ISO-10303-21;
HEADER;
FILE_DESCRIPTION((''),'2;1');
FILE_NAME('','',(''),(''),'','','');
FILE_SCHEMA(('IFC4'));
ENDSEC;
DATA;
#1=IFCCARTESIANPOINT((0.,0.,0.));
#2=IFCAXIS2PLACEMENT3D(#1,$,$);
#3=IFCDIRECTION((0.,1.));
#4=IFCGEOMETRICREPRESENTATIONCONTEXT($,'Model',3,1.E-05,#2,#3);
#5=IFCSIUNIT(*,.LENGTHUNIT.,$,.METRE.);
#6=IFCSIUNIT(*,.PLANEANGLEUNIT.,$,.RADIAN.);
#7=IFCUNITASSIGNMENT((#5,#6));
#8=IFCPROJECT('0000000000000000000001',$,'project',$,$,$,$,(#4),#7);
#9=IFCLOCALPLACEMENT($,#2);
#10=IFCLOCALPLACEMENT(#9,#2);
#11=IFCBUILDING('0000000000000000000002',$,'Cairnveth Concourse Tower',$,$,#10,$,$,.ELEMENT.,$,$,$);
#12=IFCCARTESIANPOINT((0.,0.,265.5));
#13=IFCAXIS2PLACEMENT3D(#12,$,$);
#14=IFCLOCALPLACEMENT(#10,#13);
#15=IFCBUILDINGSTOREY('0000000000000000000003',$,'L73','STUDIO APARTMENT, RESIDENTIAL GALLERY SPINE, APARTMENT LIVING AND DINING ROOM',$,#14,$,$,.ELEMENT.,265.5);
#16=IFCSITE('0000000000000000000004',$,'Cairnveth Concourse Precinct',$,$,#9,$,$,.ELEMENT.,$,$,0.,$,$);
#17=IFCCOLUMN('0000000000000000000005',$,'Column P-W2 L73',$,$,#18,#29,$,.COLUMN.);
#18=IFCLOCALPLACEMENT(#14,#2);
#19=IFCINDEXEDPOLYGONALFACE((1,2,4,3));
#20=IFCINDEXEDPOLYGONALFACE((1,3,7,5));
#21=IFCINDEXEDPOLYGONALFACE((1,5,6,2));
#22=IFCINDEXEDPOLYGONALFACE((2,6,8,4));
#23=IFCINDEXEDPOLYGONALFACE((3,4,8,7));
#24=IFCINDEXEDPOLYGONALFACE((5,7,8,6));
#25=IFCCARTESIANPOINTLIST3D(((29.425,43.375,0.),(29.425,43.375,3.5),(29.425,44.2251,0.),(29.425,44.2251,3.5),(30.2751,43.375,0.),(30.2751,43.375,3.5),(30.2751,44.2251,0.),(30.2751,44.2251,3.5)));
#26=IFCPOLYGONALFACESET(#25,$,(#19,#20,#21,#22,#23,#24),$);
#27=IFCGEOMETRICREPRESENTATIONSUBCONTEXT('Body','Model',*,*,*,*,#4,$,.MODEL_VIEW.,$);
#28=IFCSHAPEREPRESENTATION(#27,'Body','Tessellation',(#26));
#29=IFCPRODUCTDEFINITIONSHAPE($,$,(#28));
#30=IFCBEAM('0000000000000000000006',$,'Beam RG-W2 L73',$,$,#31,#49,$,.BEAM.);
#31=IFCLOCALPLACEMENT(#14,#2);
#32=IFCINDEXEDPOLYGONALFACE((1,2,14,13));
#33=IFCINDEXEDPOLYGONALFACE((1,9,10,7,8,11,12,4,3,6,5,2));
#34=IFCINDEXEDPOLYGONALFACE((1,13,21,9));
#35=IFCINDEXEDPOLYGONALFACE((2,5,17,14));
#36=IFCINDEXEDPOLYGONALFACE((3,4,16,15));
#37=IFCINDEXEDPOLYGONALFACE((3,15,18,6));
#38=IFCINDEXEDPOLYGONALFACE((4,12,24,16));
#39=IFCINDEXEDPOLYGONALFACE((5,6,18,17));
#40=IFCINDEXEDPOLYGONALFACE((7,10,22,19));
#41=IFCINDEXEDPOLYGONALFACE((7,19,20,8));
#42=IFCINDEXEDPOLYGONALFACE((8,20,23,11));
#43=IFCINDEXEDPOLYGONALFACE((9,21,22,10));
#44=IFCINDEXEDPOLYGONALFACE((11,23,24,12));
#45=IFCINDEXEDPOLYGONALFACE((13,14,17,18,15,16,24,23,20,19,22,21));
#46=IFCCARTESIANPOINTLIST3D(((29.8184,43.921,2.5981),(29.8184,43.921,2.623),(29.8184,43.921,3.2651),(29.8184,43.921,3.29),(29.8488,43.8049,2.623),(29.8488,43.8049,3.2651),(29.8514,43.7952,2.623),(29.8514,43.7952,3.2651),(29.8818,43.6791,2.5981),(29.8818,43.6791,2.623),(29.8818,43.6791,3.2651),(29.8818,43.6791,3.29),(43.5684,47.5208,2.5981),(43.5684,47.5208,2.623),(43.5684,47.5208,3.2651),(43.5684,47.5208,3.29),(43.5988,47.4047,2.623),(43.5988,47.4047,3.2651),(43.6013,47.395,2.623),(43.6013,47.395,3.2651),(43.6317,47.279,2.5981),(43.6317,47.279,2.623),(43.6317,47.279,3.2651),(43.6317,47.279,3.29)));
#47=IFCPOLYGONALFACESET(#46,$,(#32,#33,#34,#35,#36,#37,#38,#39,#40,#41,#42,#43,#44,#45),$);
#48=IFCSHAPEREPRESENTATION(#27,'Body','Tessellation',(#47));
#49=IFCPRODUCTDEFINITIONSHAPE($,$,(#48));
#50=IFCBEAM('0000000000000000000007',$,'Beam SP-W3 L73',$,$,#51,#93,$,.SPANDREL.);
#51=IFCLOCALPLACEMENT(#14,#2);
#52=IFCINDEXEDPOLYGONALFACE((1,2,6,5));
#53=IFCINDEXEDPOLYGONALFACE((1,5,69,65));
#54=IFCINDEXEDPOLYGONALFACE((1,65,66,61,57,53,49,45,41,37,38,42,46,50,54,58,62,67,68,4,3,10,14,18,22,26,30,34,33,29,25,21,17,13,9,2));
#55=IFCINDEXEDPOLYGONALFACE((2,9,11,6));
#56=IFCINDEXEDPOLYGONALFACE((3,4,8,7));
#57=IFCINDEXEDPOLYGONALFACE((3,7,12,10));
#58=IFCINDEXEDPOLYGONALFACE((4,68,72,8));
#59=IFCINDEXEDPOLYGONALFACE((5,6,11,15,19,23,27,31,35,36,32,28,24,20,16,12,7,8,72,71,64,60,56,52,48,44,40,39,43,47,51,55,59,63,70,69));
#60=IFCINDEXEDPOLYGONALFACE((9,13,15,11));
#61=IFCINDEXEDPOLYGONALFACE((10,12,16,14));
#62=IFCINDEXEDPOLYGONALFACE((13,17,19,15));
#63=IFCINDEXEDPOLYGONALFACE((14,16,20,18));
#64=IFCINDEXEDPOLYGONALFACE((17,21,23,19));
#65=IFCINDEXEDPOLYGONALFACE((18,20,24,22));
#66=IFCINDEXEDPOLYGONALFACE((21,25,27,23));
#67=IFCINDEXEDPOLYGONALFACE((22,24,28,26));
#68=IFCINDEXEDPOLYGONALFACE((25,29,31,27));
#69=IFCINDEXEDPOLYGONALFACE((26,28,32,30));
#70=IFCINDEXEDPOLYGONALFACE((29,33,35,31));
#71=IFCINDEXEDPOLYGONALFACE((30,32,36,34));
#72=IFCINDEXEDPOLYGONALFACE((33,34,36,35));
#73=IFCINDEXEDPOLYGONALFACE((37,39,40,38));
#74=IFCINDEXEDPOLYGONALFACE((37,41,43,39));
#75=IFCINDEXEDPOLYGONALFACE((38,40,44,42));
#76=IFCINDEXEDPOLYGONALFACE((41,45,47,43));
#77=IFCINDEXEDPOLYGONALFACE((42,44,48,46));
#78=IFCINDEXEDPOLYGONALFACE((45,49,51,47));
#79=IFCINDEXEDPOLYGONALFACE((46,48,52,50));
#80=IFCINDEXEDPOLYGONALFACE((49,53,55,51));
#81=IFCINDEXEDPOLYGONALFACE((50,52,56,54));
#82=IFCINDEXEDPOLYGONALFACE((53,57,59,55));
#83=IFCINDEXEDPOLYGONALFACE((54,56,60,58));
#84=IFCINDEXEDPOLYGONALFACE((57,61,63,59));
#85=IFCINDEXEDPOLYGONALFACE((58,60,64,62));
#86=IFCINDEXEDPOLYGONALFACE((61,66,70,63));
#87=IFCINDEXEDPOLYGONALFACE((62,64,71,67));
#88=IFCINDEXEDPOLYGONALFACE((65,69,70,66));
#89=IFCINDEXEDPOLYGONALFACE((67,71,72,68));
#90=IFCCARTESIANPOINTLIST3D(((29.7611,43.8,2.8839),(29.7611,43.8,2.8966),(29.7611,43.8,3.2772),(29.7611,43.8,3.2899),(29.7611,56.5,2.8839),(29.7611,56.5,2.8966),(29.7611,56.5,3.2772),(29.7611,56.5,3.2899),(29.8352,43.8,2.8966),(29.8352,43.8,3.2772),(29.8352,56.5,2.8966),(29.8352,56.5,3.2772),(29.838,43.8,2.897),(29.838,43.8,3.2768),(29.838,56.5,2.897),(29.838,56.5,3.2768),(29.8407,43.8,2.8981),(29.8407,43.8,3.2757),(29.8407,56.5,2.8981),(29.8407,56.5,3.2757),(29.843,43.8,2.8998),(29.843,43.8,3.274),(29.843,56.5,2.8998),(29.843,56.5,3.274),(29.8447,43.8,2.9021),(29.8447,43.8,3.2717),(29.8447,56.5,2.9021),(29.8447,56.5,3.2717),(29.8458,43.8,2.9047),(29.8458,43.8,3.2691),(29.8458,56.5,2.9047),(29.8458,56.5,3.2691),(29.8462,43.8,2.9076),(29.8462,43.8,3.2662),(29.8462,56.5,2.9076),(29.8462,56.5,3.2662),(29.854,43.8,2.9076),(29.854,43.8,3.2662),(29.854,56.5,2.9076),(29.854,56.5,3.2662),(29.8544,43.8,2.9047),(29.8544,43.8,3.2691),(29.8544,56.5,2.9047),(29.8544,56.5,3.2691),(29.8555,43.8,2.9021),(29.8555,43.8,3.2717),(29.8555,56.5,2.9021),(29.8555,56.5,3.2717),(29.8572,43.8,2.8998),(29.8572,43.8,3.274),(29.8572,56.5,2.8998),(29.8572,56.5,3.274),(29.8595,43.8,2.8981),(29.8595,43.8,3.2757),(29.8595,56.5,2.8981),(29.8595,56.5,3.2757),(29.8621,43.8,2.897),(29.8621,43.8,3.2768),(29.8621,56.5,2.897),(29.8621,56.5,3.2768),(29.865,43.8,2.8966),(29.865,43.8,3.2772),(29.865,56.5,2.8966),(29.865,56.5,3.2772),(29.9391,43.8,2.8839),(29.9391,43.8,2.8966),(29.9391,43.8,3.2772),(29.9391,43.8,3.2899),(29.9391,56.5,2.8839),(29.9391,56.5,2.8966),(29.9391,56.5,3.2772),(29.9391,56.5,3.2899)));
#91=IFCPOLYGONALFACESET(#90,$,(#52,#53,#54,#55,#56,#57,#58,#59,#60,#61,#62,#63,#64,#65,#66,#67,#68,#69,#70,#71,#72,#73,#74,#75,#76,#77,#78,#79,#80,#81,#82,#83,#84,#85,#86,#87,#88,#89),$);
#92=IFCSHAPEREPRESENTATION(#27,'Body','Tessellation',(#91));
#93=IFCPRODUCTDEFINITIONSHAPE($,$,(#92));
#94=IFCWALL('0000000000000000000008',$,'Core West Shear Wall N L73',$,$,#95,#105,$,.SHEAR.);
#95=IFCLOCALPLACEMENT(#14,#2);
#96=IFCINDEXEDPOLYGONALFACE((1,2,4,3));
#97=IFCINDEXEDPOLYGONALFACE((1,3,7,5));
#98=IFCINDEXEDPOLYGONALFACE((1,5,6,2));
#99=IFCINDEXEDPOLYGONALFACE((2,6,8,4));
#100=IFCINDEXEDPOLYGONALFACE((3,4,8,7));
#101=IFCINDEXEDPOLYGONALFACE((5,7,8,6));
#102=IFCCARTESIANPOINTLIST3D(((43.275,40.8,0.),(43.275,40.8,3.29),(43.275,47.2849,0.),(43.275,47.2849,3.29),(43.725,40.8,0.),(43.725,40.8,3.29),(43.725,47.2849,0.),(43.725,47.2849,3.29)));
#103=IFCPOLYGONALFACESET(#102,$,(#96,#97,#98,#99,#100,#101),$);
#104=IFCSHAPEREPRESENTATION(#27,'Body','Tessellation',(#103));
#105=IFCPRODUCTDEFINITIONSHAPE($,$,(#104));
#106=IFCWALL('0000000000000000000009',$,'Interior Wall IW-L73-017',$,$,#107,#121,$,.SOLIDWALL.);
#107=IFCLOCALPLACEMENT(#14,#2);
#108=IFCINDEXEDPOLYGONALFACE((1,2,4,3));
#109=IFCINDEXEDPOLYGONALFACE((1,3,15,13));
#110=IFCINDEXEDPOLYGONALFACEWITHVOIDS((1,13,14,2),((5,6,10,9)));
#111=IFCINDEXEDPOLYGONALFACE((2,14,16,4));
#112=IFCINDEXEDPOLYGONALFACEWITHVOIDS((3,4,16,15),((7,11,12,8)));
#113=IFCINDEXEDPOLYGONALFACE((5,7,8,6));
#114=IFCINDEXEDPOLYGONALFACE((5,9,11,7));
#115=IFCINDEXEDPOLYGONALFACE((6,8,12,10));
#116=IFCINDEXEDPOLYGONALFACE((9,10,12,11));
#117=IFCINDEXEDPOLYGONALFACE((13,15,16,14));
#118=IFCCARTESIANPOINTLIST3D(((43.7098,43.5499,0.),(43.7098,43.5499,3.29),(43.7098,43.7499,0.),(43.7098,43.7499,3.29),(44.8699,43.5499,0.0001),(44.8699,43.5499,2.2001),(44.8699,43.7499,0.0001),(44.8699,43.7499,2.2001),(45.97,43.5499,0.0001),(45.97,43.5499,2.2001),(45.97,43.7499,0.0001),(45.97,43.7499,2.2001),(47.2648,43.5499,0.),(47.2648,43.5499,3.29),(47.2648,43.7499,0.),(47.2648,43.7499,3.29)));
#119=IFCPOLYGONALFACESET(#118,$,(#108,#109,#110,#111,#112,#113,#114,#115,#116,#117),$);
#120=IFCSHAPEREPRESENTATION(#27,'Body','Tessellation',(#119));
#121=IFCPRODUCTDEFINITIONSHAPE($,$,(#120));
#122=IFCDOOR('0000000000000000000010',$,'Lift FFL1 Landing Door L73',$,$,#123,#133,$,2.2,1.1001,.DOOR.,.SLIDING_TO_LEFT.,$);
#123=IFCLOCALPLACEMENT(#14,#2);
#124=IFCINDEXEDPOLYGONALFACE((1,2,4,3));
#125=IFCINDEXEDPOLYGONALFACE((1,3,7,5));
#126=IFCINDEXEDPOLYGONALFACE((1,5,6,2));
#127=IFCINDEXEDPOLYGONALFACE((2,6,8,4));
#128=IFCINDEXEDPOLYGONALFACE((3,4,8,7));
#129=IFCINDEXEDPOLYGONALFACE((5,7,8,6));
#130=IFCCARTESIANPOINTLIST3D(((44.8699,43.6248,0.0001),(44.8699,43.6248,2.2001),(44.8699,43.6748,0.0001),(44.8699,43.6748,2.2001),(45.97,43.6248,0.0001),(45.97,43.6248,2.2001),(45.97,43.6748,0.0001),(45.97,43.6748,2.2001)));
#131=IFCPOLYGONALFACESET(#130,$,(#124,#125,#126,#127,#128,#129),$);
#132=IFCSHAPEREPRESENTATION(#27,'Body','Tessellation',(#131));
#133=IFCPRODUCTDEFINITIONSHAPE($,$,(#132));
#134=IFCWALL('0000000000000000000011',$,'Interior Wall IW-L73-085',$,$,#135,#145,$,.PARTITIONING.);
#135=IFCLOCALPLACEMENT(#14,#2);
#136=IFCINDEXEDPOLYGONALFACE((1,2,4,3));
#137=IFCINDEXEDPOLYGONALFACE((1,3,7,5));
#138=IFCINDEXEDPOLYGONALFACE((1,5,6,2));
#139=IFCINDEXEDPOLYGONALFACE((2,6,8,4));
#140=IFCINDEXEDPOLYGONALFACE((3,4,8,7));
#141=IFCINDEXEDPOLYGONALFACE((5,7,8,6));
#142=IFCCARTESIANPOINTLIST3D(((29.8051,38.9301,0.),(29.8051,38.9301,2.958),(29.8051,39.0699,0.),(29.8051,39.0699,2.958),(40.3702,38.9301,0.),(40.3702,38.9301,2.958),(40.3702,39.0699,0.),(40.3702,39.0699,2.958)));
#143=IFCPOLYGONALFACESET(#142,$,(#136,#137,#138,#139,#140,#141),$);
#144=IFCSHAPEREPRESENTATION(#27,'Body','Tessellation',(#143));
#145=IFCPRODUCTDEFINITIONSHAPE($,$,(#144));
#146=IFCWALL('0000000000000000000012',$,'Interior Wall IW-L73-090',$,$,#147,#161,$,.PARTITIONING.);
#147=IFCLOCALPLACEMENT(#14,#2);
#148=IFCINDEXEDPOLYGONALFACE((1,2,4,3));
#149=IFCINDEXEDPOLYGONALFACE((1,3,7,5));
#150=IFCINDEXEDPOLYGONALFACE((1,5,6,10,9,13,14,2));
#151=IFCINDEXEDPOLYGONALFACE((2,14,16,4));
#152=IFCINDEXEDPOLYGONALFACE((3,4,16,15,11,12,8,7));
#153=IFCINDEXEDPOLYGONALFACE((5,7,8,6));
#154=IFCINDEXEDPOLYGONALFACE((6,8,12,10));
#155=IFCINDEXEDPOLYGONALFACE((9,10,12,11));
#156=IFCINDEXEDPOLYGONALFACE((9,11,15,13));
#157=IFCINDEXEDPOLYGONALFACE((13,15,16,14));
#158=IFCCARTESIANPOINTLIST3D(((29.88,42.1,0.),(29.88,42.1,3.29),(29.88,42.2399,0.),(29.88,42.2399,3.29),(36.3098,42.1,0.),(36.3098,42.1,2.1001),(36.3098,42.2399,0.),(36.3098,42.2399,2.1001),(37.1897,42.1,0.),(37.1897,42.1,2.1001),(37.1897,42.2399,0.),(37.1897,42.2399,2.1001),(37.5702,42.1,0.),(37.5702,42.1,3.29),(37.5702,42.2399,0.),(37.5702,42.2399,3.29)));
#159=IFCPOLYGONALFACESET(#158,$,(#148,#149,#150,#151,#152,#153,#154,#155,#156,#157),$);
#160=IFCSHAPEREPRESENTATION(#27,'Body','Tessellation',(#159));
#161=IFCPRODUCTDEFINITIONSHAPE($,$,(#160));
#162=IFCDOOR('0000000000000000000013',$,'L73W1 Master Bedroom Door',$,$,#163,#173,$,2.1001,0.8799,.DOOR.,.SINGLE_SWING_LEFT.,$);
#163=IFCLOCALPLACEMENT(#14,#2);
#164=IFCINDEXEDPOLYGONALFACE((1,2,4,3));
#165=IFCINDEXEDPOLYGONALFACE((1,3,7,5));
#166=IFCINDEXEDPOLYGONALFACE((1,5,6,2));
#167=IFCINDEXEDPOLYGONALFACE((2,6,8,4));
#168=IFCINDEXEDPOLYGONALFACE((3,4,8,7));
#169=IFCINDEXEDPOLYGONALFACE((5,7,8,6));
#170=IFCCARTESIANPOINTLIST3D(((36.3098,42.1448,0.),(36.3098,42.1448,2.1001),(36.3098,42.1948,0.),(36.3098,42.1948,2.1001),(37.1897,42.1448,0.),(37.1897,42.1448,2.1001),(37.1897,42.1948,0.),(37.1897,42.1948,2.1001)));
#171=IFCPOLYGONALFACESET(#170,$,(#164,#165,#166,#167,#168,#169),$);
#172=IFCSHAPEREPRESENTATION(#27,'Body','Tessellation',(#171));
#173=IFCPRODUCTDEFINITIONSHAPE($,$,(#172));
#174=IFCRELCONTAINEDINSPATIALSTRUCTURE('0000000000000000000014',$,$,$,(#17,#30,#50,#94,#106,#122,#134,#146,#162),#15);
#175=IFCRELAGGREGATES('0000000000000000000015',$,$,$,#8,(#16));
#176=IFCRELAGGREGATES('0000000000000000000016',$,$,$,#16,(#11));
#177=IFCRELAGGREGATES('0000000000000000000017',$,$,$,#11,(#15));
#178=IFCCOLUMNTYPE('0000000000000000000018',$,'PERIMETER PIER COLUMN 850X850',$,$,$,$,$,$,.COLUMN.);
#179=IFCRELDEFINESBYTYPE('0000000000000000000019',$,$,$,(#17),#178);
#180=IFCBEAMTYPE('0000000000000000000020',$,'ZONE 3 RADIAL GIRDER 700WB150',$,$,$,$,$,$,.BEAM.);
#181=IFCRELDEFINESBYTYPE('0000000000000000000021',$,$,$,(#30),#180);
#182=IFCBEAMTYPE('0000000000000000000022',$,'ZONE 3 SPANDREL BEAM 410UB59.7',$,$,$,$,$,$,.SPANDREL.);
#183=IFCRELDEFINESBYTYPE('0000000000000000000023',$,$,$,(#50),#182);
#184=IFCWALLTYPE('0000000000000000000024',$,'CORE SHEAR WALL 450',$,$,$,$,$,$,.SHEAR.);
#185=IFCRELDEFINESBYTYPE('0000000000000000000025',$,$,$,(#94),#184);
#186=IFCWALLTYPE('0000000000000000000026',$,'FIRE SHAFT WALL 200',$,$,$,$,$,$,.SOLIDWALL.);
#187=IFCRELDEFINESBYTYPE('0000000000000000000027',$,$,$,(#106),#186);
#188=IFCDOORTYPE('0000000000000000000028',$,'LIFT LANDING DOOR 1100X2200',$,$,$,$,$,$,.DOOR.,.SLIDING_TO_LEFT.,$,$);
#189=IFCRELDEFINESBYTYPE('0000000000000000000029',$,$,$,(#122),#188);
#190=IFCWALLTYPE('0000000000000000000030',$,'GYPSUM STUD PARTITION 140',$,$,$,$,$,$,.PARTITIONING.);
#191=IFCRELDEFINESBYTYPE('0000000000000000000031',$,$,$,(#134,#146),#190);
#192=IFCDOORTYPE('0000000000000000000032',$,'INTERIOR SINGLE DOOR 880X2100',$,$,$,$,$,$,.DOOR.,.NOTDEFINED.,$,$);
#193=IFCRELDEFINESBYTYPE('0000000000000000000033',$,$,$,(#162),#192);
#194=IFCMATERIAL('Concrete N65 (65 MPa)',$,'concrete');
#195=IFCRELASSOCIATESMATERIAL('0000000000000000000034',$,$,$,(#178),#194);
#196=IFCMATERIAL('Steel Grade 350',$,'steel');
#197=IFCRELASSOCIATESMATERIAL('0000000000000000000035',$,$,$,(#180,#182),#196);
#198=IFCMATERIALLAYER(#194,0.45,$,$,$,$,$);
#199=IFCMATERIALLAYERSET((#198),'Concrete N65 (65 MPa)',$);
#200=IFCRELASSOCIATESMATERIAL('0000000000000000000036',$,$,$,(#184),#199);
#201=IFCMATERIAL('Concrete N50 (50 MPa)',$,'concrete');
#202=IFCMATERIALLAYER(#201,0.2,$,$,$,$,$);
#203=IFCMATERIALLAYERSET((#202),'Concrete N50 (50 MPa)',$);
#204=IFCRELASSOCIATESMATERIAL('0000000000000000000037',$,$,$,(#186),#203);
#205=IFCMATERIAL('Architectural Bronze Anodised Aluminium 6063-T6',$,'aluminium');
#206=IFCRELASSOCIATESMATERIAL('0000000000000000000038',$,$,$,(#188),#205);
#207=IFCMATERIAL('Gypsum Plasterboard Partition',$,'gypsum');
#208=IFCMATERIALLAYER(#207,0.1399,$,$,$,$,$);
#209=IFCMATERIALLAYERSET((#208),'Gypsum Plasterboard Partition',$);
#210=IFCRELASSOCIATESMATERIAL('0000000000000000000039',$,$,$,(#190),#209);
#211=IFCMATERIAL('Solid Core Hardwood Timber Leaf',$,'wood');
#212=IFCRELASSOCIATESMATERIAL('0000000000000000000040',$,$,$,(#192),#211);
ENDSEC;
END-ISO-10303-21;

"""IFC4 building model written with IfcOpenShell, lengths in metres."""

from ifc_helpers import new_model, si_unit, direction, frame, frame_2d, origin, origin_2d, place, context, subcontext, project, spatial, rectangle, i_section, extrude, material, layer, layer_set, material_profile, profile_set, type_object, element, fill, save


model = new_model("IFC4")

# Units and contexts
model_context = context("Model", 3, precision=1e-05, world=origin(), true_north=direction((0.0, 1.0)))
body_context = subcontext(model_context, "Body", "Model", "MODEL_VIEW")
ifc_project = project(units=[si_unit("LENGTHUNIT", "METRE"), si_unit("PLANEANGLEUNIT", "RADIAN")], contexts=[model_context])

# Site, building, storey
site_placement = place(None, origin())
site = spatial("IfcSite", under=ifc_project, at=site_placement, Name="Cairnveth Concourse Precinct", CompositionType="ELEMENT", RefElevation=0.0)
building_placement = place(site_placement, origin())
building = spatial("IfcBuilding", under=site, at=building_placement, Name="Cairnveth Concourse Tower", CompositionType="ELEMENT")
storey_placement = place(building_placement, frame((0.0, 0.0, 265.5)))
storey = spatial("IfcBuildingStorey", under=building, at=storey_placement, Name="L73", Description="STUDIO APARTMENT, RESIDENTIAL GALLERY SPINE, APARTMENT LIVING AND DINING ROOM", CompositionType="ELEMENT", Elevation=265.5)

# Column
ifc_material_1 = material(Name="Concrete N65 (65 MPa)", Category="concrete")
ifc_material_profile_1 = material_profile(ifc_material_1, rectangle(XDim=0.8501, YDim=0.8501, at=origin_2d()), Name="RC-COL-850x850")
ifc_profile_set_1 = profile_set([ifc_material_profile_1], Name="Concrete N65 (65 MPa)")
column_type = type_object("IfcColumnType", Name="PERIMETER PIER COLUMN 850X850", PredefinedType="COLUMN", material=ifc_profile_set_1)
column_placement = place(storey_placement, frame((29.8501, 43.8, 0.0), z_axis=(0.0, 0.0, 1.0), x_axis=(0.0, 1.0, 0.0)))
element("IfcColumn", 1, at=column_placement, inside=storey, type_object=column_type, Name="Column P-W2 L73", PredefinedType="COLUMN", context=body_context, shape_type="SweptSolid", body=[
    extrude(rectangle(XDim=0.8501, YDim=0.8501, at=origin_2d()), origin(), (0.0, 0.0, 1.0), 3.5),
])

# Beams
ifc_material_2 = material(Name="Steel Grade 350", Category="steel")
ifc_material_profile_2 = material_profile(ifc_material_2, i_section(OverallWidth=0.25, OverallDepth=0.6919, WebThickness=0.01, FlangeThickness=0.0249, at=origin_2d()), Name="700WB150")
ifc_profile_set_2 = profile_set([ifc_material_profile_2], Name="Steel Grade 350")
beam_type_1 = type_object("IfcBeamType", Name="ZONE 3 RADIAL GIRDER 700WB150", PredefinedType="BEAM", material=ifc_profile_set_2)
beam_1_placement = place(storey_placement, frame((29.8501, 43.8, 2.9441), z_axis=(0.967395, 0.253271, 0.0), x_axis=(-0.253271, 0.967395, 0.0)))
element("IfcBeam", 2, at=beam_1_placement, inside=storey, type_object=beam_type_1, Name="Beam RG-W2 L73", PredefinedType="BEAM", context=body_context, shape_type="SweptSolid", body=[
    extrude(i_section(OverallWidth=0.25, OverallDepth=0.6919, WebThickness=0.01, FlangeThickness=0.0249, at=origin_2d()), origin(), (0.0, 0.0, 1.0), 14.2134),
])
ifc_material_profile_3 = material_profile(ifc_material_2, i_section(OverallWidth=0.178, OverallDepth=0.406, WebThickness=0.0078, FlangeThickness=0.0127, FilletRadius=0.011, at=origin_2d()), Name="410UB59.7")
ifc_profile_set_3 = profile_set([ifc_material_profile_3], Name="Steel Grade 350")
beam_type_2 = type_object("IfcBeamType", Name="ZONE 3 SPANDREL BEAM 410UB59.7", PredefinedType="SPANDREL", material=ifc_profile_set_3)
beam_2_placement = place(storey_placement, frame((29.8501, 43.8, 3.0869), z_axis=(0.0, 1.0, 0.0), x_axis=(-1.0, 0.0, 0.0)))
element("IfcBeam", 3, at=beam_2_placement, inside=storey, type_object=beam_type_2, Name="Beam SP-W3 L73", PredefinedType="SPANDREL", context=body_context, shape_type="SweptSolid", body=[
    extrude(i_section(OverallWidth=0.178, OverallDepth=0.406, WebThickness=0.0078, FlangeThickness=0.0127, FilletRadius=0.011, at=origin_2d()), origin(), (0.0, 0.0, 1.0), 12.7),
])

# Wall
ifc_layer_1 = layer(ifc_material_1, 0.45)
ifc_layer_set_1 = layer_set([ifc_layer_1], Name="Concrete N65 (65 MPa)")
wall_type_1 = type_object("IfcWallType", Name="CORE SHEAR WALL 450", PredefinedType="SHEAR", material=ifc_layer_set_1)
wall_1_placement = place(storey_placement, frame((43.5, 40.8, 0.0), z_axis=(0.0, 0.0, 1.0), x_axis=(0.0, 1.0, 0.0)))
element("IfcWall", 4, at=wall_1_placement, inside=storey, type_object=wall_type_1, Name="Core West Shear Wall N L73", PredefinedType="SHEAR", context=body_context, shape_type="SweptSolid", body=[
    extrude(rectangle(XDim=6.4849, YDim=0.45, at=frame_2d((3.2424, 0.0))), origin(), (0.0, 0.0, 1.0), 3.29),
])

# Wall, opening, door
ifc_material_3 = material(Name="Concrete N50 (50 MPa)", Category="concrete")
ifc_layer_2 = layer(ifc_material_3, 0.2)
ifc_layer_set_2 = layer_set([ifc_layer_2], Name="Concrete N50 (50 MPa)")
wall_type_2 = type_object("IfcWallType", Name="FIRE SHAFT WALL 200", PredefinedType="SOLIDWALL", material=ifc_layer_set_2)
wall_2_placement = place(storey_placement, frame((43.71, 43.6499, 0.0), z_axis=(0.0, 0.0, 1.0), x_axis=(1.0, 0.0, 0.0)))
wall_2 = element("IfcWall", 5, at=wall_2_placement, inside=storey, type_object=wall_type_2, Name="Interior Wall IW-L73-017", PredefinedType="SOLIDWALL", context=body_context, shape_type="SweptSolid", body=[
    extrude(rectangle(XDim=3.5549, YDim=0.2, at=frame_2d((1.7773, 0.0))), origin(), (0.0, 0.0, 1.0), 3.29),
])
opening_1_placement = place(wall_2_placement, frame((1.1599, 0.0, 0.0)))
opening_1 = element("IfcOpeningElement", 6, at=opening_1_placement, cuts=wall_2, PredefinedType="OPENING", context=body_context, shape_type="SweptSolid", body=[
    extrude(rectangle(XDim=1.1001, YDim=2.2, at=frame_2d((0.55, 1.1001))), frame((0.0, 0.1099, 0.0), z_axis=(0.0, -1.0, 0.0), x_axis=(1.0, 0.0, 0.0)), (0.0, 0.0, 1.0), 0.22),
])
ifc_material_4 = material(Name="Architectural Bronze Anodised Aluminium 6063-T6", Category="aluminium")
door_type_1 = type_object("IfcDoorType", Name="LIFT LANDING DOOR 1100X2200", OperationType="SLIDING_TO_LEFT", PredefinedType="DOOR", material=ifc_material_4)
door_1_placement = place(opening_1_placement, origin())
door_1 = element("IfcDoor", 7, at=door_1_placement, inside=storey, type_object=door_type_1, Name="Lift FFL1 Landing Door L73", OperationType="SLIDING_TO_LEFT", OverallHeight=2.2, OverallWidth=1.1001, PredefinedType="DOOR", context=body_context, shape_type="SweptSolid", body=[
    extrude(rectangle(XDim=1.1001, YDim=2.2, at=frame_2d((0.55, 1.1001))), frame((0.0, 0.0249, 0.0), z_axis=(0.0, -1.0, 0.0), x_axis=(1.0, 0.0, 0.0)), (0.0, 0.0, 1.0), 0.05),
])
fill(opening_1, door_1)

# Wall
ifc_material_5 = material(Name="Gypsum Plasterboard Partition", Category="gypsum")
ifc_layer_3 = layer(ifc_material_5, 0.1399)
ifc_layer_set_3 = layer_set([ifc_layer_3], Name="Gypsum Plasterboard Partition")
wall_type_3 = type_object("IfcWallType", Name="GYPSUM STUD PARTITION 140", PredefinedType="PARTITIONING", material=ifc_layer_set_3)
wall_3_placement = place(storey_placement, frame((29.8049, 39.0, 0.0), z_axis=(0.0, 0.0, 1.0), x_axis=(1.0, 0.0, 0.0)))
element("IfcWall", 8, at=wall_3_placement, inside=storey, type_object=wall_type_3, Name="Interior Wall IW-L73-085", PredefinedType="PARTITIONING", context=body_context, shape_type="SweptSolid", body=[
    extrude(rectangle(XDim=10.5652, YDim=0.1399, at=frame_2d((5.2827, 0.0))), origin(), (0.0, 0.0, 1.0), 2.958),
])

# Wall, opening, door
wall_4_placement = place(storey_placement, frame((29.8799, 42.1699, 0.0), z_axis=(0.0, 0.0, 1.0), x_axis=(1.0, 0.0, 0.0)))
wall_4 = element("IfcWall", 9, at=wall_4_placement, inside=storey, type_object=wall_type_3, Name="Interior Wall IW-L73-090", PredefinedType="PARTITIONING", context=body_context, shape_type="SweptSolid", body=[
    extrude(rectangle(XDim=7.6902, YDim=0.1399, at=frame_2d((3.8452, 0.0))), origin(), (0.0, 0.0, 1.0), 3.29),
])
opening_2_placement = place(wall_4_placement, frame((6.4299, 0.0, 0.0)))
opening_2 = element("IfcOpeningElement", 10, at=opening_2_placement, cuts=wall_4, PredefinedType="OPENING", context=body_context, shape_type="SweptSolid", body=[
    extrude(rectangle(XDim=0.8799, YDim=2.1001, at=frame_2d((0.4399, 1.05))), frame((0.0, 0.0798, 0.0), z_axis=(0.0, -1.0, 0.0), x_axis=(1.0, 0.0, 0.0)), (0.0, 0.0, 1.0), 0.1599),
])
ifc_material_6 = material(Name="Solid Core Hardwood Timber Leaf", Category="wood")
door_type_2 = type_object("IfcDoorType", Name="INTERIOR SINGLE DOOR 880X2100", OperationType="NOTDEFINED", PredefinedType="DOOR", material=ifc_material_6)
door_2_placement = place(opening_2_placement, origin())
door_2 = element("IfcDoor", 11, at=door_2_placement, inside=storey, type_object=door_type_2, Name="L73W1 Master Bedroom Door", OperationType="SINGLE_SWING_LEFT", OverallHeight=2.1001, OverallWidth=0.8799, PredefinedType="DOOR", context=body_context, shape_type="SweptSolid", body=[
    extrude(rectangle(XDim=0.8799, YDim=2.1001, at=frame_2d((0.4399, 1.05))), frame((0.0, 0.0249, 0.0), z_axis=(0.0, -1.0, 0.0), x_axis=(1.0, 0.0, 0.0)), (0.0, 0.0, 1.0), 0.05),
])
fill(opening_2, door_2)

save(model, "model.ifc")
